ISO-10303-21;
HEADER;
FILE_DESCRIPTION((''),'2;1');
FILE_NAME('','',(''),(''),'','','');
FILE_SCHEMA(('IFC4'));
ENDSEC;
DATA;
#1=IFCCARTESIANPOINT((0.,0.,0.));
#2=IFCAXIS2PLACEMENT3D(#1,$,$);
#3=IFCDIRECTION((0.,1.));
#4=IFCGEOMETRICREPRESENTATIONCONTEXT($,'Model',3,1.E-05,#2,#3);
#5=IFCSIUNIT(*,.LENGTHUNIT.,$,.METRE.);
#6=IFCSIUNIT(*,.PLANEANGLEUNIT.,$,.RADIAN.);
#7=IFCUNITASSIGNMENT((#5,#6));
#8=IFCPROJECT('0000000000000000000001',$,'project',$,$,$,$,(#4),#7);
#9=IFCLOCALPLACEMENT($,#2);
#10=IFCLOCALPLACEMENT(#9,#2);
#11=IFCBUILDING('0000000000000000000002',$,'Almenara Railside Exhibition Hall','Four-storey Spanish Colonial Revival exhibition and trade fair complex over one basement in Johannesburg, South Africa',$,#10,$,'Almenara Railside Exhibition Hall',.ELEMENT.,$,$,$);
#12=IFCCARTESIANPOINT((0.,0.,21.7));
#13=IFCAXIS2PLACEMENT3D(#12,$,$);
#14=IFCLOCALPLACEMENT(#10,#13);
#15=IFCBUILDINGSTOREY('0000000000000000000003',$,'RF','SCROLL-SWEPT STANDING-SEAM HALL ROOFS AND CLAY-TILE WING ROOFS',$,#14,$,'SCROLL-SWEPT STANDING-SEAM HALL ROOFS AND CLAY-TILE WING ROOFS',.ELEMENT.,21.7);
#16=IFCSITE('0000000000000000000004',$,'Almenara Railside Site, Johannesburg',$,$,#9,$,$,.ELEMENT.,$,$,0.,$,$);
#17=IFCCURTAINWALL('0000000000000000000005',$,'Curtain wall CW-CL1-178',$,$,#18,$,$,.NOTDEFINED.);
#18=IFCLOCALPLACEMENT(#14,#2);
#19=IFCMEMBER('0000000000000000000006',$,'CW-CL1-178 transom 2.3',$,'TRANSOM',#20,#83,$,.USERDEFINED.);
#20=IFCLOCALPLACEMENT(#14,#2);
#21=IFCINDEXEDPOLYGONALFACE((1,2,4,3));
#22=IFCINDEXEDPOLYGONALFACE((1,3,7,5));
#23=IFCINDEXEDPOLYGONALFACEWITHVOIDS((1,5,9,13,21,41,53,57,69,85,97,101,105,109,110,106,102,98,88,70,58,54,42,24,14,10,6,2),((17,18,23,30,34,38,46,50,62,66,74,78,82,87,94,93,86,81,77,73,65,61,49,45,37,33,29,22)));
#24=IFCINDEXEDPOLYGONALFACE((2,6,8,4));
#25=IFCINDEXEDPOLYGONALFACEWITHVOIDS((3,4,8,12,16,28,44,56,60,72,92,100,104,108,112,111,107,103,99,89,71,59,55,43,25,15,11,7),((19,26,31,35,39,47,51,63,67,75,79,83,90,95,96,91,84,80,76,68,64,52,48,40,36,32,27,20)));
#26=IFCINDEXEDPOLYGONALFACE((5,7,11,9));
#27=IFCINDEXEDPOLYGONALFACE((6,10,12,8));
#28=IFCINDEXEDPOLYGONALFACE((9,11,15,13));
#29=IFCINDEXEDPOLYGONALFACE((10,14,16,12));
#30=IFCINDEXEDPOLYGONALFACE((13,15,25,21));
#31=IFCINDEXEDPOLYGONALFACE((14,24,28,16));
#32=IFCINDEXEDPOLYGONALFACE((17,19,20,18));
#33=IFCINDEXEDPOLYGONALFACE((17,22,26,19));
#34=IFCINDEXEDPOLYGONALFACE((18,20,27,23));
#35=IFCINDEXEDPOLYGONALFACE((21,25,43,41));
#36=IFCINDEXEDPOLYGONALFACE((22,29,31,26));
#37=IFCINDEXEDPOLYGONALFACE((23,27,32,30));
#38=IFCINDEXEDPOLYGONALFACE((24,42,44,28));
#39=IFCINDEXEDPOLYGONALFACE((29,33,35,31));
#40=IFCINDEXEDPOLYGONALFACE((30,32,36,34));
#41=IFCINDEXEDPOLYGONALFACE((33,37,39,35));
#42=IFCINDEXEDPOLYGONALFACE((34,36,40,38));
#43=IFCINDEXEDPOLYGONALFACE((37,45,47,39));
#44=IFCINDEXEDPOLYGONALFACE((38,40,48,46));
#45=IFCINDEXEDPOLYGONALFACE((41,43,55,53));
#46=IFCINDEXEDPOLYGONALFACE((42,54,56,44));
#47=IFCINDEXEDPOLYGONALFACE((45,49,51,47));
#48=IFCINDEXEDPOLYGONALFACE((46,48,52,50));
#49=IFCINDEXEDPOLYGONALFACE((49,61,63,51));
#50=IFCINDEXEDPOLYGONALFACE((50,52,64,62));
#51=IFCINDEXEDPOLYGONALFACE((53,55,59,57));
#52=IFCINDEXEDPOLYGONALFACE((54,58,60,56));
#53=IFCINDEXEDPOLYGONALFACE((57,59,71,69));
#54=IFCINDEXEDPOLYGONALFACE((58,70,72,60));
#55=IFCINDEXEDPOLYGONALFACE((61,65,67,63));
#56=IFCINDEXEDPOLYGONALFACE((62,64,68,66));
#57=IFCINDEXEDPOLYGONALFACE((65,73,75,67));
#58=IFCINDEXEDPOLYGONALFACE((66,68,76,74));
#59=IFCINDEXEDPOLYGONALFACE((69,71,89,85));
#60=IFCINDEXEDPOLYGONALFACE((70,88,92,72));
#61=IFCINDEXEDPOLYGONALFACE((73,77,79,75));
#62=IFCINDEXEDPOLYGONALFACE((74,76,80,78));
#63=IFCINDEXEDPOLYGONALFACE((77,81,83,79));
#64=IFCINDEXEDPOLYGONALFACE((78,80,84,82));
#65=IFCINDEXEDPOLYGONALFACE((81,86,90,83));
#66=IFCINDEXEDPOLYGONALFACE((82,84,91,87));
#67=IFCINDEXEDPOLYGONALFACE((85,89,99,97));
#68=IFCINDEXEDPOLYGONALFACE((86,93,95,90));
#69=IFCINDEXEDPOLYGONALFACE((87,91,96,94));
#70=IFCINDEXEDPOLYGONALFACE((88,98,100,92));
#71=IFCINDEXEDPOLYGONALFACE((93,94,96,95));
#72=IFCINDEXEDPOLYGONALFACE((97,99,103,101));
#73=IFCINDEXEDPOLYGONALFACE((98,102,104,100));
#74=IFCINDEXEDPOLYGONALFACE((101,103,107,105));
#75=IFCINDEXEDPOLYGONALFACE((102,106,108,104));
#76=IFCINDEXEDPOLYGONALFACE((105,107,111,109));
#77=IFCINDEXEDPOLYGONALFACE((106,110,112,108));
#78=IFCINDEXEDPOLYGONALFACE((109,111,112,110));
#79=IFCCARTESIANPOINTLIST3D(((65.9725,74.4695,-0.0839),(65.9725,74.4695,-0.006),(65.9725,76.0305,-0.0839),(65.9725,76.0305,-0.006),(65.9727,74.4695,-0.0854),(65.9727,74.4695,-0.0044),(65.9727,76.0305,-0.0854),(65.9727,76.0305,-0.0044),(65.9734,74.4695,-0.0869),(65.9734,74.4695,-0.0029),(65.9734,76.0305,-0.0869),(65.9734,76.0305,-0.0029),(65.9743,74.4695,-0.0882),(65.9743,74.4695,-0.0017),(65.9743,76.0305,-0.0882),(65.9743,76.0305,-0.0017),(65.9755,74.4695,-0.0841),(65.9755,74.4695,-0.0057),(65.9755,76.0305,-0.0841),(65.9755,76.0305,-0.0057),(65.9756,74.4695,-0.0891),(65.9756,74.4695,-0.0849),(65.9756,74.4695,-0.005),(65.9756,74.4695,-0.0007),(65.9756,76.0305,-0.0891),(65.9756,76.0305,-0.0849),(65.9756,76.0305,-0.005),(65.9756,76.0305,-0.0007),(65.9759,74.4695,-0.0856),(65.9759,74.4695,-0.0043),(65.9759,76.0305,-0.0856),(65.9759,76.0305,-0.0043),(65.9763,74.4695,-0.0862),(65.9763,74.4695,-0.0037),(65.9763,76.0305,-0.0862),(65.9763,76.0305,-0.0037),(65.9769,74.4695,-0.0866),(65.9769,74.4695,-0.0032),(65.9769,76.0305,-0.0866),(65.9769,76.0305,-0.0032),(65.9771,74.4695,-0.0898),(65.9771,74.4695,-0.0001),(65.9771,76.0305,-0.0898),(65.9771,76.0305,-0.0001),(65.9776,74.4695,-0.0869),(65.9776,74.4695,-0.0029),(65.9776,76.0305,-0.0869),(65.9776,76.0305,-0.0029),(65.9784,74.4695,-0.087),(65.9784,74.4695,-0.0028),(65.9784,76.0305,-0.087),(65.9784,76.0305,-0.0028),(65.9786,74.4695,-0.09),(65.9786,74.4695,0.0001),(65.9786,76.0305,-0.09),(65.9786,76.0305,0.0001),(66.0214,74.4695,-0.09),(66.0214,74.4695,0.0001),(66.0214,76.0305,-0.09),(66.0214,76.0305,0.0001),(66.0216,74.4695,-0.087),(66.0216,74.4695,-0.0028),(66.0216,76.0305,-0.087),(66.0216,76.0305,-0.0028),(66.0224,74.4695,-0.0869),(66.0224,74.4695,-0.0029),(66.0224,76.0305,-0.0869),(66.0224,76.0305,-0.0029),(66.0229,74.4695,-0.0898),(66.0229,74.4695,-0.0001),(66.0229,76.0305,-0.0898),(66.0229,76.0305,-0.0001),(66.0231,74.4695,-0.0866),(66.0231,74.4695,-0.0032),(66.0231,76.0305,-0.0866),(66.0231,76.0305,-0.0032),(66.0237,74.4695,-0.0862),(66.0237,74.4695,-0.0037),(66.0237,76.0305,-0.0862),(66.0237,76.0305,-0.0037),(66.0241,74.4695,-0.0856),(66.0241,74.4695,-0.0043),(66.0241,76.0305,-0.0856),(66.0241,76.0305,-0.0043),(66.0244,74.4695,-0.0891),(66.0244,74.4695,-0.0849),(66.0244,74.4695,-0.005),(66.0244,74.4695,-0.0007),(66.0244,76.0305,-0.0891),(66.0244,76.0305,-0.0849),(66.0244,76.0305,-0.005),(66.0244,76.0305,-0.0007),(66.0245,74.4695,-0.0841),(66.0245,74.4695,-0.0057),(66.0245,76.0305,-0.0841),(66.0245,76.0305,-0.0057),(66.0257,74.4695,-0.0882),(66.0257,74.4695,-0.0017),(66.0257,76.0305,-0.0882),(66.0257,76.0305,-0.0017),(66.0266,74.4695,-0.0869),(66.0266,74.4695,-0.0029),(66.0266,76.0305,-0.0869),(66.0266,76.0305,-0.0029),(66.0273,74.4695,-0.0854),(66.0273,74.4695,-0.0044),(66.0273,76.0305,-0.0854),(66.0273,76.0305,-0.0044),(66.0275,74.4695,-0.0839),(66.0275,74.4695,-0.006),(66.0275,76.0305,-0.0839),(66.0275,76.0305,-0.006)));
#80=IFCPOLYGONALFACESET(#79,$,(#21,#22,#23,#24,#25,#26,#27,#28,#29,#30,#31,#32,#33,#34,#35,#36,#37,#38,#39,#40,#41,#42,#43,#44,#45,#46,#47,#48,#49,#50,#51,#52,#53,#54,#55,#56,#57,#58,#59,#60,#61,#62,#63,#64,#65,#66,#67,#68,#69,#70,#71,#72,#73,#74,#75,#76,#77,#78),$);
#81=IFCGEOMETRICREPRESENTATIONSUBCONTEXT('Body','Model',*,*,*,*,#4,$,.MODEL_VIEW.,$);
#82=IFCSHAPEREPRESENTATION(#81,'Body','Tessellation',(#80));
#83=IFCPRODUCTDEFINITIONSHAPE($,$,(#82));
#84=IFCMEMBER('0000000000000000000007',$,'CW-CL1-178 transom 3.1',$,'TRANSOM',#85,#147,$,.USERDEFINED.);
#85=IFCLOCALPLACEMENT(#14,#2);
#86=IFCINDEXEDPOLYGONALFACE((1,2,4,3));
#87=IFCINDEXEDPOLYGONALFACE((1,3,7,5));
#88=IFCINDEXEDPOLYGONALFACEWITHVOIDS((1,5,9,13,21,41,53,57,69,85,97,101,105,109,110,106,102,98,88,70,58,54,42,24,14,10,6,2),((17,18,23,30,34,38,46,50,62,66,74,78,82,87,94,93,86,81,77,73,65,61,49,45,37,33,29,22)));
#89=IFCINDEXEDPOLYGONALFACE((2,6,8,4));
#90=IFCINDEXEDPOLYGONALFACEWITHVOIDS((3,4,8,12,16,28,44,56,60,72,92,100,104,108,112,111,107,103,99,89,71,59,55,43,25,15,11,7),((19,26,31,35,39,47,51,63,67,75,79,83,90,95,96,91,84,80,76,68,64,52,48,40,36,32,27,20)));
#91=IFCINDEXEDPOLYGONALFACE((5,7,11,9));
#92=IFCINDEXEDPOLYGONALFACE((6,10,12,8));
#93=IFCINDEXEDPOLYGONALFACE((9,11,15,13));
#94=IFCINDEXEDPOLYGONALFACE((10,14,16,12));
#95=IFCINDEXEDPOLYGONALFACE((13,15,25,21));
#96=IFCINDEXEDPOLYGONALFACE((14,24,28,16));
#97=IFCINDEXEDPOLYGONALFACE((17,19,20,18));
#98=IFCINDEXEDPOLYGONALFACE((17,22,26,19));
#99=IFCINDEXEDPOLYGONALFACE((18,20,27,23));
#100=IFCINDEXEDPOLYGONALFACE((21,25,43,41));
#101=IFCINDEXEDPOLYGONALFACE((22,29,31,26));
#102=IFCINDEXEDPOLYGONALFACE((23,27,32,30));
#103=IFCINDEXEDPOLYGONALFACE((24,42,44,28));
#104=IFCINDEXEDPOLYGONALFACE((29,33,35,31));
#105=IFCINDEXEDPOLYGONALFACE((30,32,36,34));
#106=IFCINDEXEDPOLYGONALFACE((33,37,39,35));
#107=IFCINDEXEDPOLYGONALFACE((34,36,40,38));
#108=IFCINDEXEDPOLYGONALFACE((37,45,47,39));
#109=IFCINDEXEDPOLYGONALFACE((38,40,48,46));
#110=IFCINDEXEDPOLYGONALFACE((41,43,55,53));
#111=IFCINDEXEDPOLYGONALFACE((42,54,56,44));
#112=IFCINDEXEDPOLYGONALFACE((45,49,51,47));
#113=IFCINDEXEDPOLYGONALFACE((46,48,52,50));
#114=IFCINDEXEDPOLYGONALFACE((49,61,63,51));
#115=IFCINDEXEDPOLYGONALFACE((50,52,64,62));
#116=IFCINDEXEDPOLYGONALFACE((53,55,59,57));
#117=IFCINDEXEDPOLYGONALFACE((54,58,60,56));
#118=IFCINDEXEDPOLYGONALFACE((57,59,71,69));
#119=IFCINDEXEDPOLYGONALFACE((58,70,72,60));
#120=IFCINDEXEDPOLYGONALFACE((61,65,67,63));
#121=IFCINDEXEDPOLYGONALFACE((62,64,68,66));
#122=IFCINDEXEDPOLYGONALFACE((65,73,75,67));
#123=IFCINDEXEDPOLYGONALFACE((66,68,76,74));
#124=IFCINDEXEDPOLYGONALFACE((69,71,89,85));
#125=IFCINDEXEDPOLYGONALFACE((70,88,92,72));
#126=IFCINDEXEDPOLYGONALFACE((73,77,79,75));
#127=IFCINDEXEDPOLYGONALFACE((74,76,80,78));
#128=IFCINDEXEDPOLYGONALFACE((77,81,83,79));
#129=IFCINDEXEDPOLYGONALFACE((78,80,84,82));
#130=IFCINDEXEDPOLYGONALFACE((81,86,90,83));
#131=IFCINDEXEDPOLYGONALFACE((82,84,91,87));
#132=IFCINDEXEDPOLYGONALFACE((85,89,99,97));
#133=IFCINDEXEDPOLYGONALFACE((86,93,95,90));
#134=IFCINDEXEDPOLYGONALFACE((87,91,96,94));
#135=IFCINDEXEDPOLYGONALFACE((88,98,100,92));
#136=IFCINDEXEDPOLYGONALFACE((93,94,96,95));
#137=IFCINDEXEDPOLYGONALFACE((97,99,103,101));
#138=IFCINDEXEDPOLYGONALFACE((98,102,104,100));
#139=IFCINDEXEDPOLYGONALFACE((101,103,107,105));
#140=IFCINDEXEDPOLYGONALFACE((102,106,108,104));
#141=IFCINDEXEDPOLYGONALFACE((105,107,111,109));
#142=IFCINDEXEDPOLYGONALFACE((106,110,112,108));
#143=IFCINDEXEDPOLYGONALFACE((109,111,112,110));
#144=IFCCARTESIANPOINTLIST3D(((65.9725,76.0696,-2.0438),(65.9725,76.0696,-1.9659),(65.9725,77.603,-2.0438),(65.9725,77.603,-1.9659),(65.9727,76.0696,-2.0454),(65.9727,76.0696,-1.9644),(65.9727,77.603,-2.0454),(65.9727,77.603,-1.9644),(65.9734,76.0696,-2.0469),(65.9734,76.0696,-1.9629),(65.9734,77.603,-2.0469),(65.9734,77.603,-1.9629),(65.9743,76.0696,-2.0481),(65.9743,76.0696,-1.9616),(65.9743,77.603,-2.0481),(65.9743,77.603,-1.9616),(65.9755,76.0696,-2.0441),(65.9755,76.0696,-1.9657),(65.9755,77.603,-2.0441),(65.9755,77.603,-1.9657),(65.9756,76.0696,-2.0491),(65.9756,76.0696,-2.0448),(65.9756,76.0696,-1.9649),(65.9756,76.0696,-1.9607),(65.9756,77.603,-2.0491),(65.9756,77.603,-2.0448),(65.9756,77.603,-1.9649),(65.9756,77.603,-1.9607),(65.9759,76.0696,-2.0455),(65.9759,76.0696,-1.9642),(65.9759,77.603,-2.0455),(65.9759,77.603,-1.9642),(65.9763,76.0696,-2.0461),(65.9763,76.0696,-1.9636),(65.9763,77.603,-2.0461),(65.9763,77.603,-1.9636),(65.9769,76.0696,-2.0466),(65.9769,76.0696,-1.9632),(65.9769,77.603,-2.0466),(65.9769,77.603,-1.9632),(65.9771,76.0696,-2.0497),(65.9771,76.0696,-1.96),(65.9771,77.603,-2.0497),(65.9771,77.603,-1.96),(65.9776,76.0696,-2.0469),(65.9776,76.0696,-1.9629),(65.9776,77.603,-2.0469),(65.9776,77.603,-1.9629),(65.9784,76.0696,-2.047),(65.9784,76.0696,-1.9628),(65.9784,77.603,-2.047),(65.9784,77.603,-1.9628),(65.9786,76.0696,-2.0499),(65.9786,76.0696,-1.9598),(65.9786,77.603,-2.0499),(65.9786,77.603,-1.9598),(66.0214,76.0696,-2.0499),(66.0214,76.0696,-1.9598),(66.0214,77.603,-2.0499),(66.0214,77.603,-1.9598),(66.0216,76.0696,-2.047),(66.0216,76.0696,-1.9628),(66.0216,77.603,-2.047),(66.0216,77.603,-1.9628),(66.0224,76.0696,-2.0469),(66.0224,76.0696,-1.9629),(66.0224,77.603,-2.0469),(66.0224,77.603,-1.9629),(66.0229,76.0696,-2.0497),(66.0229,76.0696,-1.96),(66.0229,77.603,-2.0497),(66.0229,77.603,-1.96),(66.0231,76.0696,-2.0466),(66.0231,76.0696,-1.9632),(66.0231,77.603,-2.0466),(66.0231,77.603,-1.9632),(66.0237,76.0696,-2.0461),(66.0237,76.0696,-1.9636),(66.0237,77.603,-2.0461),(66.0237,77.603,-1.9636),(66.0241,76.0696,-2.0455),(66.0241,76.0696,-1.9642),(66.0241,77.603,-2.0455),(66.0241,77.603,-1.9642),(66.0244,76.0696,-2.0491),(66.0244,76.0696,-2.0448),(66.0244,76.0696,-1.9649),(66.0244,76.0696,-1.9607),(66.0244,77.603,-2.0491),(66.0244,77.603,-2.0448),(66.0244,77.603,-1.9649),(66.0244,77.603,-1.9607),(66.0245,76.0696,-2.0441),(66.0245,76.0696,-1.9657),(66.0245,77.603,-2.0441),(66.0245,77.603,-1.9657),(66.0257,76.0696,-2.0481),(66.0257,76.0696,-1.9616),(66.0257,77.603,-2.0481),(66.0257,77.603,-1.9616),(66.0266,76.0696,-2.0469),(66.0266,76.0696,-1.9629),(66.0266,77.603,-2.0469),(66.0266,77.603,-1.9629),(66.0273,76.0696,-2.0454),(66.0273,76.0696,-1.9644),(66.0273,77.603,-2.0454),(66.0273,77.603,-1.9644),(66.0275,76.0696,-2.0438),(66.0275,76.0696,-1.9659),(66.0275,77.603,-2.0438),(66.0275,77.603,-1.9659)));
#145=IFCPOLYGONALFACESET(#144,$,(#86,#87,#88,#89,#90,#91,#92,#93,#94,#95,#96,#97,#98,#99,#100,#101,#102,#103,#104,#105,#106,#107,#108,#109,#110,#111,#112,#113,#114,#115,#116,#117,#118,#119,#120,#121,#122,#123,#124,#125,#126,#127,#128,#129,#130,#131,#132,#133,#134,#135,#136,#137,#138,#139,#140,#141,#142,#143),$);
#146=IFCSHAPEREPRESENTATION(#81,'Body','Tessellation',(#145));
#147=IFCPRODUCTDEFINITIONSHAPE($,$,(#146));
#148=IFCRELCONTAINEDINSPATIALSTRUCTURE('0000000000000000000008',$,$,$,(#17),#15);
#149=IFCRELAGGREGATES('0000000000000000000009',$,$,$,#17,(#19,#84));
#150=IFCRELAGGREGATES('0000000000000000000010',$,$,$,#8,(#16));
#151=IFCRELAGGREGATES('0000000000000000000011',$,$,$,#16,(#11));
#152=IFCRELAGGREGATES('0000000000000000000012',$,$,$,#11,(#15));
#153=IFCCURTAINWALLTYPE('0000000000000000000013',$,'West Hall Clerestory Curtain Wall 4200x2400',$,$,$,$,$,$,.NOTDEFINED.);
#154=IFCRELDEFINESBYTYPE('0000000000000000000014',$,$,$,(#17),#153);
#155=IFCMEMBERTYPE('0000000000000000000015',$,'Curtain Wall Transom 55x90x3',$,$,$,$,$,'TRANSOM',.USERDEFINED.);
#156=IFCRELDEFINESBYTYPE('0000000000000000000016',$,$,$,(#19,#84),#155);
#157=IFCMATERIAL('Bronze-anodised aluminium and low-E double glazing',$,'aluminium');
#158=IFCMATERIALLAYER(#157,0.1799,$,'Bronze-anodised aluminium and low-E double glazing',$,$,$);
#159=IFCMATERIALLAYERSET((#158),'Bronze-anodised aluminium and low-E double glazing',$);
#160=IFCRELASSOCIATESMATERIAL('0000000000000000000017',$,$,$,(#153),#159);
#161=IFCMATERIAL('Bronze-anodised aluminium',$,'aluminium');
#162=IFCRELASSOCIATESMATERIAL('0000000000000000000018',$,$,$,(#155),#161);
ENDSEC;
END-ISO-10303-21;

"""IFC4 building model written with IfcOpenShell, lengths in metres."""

from ifc_helpers import new_model, si_unit, direction, frame, origin, origin_2d, place, context, subcontext, project, spatial, hollow_rectangle, extrude, material, layer, layer_set, material_profile, profile_set, type_object, element, aggregate, save


model = new_model("IFC4")

# Units and contexts
model_context = context("Model", 3, precision=1e-05, world=origin(), true_north=direction((0.0, 1.0)))
body_context = subcontext(model_context, "Body", "Model", "MODEL_VIEW")
ifc_project = project(units=[si_unit("LENGTHUNIT", "METRE"), si_unit("PLANEANGLEUNIT", "RADIAN")], contexts=[model_context])

# Site, building, storey
site_placement = place(None, origin())
site = spatial("IfcSite", under=ifc_project, at=site_placement, Name="Almenara Railside Site, Johannesburg", CompositionType="ELEMENT", RefElevation=0.0)
building_placement = place(site_placement, origin())
building = spatial("IfcBuilding", under=site, at=building_placement, Name="Almenara Railside Exhibition Hall", Description="Four-storey Spanish Colonial Revival exhibition and trade fair complex over one basement in Johannesburg, South Africa", LongName="Almenara Railside Exhibition Hall", CompositionType="ELEMENT")
storey_placement = place(building_placement, frame((0.0, 0.0, 21.7)))
storey = spatial("IfcBuildingStorey", under=building, at=storey_placement, Name="RF", Description="SCROLL-SWEPT STANDING-SEAM HALL ROOFS AND CLAY-TILE WING ROOFS", LongName="SCROLL-SWEPT STANDING-SEAM HALL ROOFS AND CLAY-TILE WING ROOFS", CompositionType="ELEMENT", Elevation=21.7)

# Curtain wall
ifc_material_1 = material(Name="Bronze-anodised aluminium and low-E double glazing", Category="aluminium")
ifc_layer_1 = layer(ifc_material_1, 0.1799, Name="Bronze-anodised aluminium and low-E double glazing")
ifc_layer_set_1 = layer_set([ifc_layer_1], Name="Bronze-anodised aluminium and low-E double glazing")
curtain_wall_type = type_object("IfcCurtainWallType", Name="West Hall Clerestory Curtain Wall 4200x2400", PredefinedType="NOTDEFINED", material=ifc_layer_set_1)
curtain_wall_1_placement = place(storey_placement, origin())
curtain_wall_1 = element("IfcCurtainWall", 1, at=curtain_wall_1_placement, inside=storey, type_object=curtain_wall_type, Name="Curtain wall CW-CL1-178", PredefinedType="NOTDEFINED")
ifc_material_2 = material(Name="Bronze-anodised aluminium", Category="aluminium")

# Members
ifc_material_profile_1 = material_profile(ifc_material_2, hollow_rectangle(XDim=0.0549, YDim=0.0901, WallThickness=0.0029, InnerFilletRadius=0.0029, OuterFilletRadius=0.0061, at=origin_2d()), Name="ALU-TRN 55x90x3")
ifc_profile_set_1 = profile_set([ifc_material_profile_1], Name="Bronze-anodised aluminium")
member_type_1 = type_object("IfcMemberType", Name="Curtain Wall Transom 55x90x3", ElementType="TRANSOM", PredefinedType="USERDEFINED", material=ifc_profile_set_1)
member_1_placement = place(storey_placement, frame((66.0, 74.4695, -0.0449), z_axis=(0.0, 1.0, 0.0), x_axis=(-1.0, 0.0, 0.0)))
member_1 = element("IfcMember", 2, at=member_1_placement, type_object=member_type_1, Name="CW-CL1-178 transom 2.3", ObjectType="TRANSOM", PredefinedType="USERDEFINED", context=body_context, shape_type="SweptSolid", body=[
    extrude(hollow_rectangle(XDim=0.0549, YDim=0.0901, WallThickness=0.0029, InnerFilletRadius=0.0029, OuterFilletRadius=0.0061, at=origin_2d()), origin(), (0.0, 0.0, 1.0), 1.561),
])
member_2_placement = place(storey_placement, frame((66.0, 76.0696, -2.0049), z_axis=(0.0, 1.0, 0.0), x_axis=(-1.0, 0.0, 0.0)))
member_2 = element("IfcMember", 3, at=member_2_placement, type_object=member_type_1, Name="CW-CL1-178 transom 3.1", ObjectType="TRANSOM", PredefinedType="USERDEFINED", context=body_context, shape_type="SweptSolid", body=[
    extrude(hollow_rectangle(XDim=0.0549, YDim=0.0901, WallThickness=0.0029, InnerFilletRadius=0.0029, OuterFilletRadius=0.0061, at=origin_2d()), origin(), (0.0, 0.0, 1.0), 1.5334),
])

aggregate(curtain_wall_1, [member_1, member_2])

save(model, "model.ifc")
